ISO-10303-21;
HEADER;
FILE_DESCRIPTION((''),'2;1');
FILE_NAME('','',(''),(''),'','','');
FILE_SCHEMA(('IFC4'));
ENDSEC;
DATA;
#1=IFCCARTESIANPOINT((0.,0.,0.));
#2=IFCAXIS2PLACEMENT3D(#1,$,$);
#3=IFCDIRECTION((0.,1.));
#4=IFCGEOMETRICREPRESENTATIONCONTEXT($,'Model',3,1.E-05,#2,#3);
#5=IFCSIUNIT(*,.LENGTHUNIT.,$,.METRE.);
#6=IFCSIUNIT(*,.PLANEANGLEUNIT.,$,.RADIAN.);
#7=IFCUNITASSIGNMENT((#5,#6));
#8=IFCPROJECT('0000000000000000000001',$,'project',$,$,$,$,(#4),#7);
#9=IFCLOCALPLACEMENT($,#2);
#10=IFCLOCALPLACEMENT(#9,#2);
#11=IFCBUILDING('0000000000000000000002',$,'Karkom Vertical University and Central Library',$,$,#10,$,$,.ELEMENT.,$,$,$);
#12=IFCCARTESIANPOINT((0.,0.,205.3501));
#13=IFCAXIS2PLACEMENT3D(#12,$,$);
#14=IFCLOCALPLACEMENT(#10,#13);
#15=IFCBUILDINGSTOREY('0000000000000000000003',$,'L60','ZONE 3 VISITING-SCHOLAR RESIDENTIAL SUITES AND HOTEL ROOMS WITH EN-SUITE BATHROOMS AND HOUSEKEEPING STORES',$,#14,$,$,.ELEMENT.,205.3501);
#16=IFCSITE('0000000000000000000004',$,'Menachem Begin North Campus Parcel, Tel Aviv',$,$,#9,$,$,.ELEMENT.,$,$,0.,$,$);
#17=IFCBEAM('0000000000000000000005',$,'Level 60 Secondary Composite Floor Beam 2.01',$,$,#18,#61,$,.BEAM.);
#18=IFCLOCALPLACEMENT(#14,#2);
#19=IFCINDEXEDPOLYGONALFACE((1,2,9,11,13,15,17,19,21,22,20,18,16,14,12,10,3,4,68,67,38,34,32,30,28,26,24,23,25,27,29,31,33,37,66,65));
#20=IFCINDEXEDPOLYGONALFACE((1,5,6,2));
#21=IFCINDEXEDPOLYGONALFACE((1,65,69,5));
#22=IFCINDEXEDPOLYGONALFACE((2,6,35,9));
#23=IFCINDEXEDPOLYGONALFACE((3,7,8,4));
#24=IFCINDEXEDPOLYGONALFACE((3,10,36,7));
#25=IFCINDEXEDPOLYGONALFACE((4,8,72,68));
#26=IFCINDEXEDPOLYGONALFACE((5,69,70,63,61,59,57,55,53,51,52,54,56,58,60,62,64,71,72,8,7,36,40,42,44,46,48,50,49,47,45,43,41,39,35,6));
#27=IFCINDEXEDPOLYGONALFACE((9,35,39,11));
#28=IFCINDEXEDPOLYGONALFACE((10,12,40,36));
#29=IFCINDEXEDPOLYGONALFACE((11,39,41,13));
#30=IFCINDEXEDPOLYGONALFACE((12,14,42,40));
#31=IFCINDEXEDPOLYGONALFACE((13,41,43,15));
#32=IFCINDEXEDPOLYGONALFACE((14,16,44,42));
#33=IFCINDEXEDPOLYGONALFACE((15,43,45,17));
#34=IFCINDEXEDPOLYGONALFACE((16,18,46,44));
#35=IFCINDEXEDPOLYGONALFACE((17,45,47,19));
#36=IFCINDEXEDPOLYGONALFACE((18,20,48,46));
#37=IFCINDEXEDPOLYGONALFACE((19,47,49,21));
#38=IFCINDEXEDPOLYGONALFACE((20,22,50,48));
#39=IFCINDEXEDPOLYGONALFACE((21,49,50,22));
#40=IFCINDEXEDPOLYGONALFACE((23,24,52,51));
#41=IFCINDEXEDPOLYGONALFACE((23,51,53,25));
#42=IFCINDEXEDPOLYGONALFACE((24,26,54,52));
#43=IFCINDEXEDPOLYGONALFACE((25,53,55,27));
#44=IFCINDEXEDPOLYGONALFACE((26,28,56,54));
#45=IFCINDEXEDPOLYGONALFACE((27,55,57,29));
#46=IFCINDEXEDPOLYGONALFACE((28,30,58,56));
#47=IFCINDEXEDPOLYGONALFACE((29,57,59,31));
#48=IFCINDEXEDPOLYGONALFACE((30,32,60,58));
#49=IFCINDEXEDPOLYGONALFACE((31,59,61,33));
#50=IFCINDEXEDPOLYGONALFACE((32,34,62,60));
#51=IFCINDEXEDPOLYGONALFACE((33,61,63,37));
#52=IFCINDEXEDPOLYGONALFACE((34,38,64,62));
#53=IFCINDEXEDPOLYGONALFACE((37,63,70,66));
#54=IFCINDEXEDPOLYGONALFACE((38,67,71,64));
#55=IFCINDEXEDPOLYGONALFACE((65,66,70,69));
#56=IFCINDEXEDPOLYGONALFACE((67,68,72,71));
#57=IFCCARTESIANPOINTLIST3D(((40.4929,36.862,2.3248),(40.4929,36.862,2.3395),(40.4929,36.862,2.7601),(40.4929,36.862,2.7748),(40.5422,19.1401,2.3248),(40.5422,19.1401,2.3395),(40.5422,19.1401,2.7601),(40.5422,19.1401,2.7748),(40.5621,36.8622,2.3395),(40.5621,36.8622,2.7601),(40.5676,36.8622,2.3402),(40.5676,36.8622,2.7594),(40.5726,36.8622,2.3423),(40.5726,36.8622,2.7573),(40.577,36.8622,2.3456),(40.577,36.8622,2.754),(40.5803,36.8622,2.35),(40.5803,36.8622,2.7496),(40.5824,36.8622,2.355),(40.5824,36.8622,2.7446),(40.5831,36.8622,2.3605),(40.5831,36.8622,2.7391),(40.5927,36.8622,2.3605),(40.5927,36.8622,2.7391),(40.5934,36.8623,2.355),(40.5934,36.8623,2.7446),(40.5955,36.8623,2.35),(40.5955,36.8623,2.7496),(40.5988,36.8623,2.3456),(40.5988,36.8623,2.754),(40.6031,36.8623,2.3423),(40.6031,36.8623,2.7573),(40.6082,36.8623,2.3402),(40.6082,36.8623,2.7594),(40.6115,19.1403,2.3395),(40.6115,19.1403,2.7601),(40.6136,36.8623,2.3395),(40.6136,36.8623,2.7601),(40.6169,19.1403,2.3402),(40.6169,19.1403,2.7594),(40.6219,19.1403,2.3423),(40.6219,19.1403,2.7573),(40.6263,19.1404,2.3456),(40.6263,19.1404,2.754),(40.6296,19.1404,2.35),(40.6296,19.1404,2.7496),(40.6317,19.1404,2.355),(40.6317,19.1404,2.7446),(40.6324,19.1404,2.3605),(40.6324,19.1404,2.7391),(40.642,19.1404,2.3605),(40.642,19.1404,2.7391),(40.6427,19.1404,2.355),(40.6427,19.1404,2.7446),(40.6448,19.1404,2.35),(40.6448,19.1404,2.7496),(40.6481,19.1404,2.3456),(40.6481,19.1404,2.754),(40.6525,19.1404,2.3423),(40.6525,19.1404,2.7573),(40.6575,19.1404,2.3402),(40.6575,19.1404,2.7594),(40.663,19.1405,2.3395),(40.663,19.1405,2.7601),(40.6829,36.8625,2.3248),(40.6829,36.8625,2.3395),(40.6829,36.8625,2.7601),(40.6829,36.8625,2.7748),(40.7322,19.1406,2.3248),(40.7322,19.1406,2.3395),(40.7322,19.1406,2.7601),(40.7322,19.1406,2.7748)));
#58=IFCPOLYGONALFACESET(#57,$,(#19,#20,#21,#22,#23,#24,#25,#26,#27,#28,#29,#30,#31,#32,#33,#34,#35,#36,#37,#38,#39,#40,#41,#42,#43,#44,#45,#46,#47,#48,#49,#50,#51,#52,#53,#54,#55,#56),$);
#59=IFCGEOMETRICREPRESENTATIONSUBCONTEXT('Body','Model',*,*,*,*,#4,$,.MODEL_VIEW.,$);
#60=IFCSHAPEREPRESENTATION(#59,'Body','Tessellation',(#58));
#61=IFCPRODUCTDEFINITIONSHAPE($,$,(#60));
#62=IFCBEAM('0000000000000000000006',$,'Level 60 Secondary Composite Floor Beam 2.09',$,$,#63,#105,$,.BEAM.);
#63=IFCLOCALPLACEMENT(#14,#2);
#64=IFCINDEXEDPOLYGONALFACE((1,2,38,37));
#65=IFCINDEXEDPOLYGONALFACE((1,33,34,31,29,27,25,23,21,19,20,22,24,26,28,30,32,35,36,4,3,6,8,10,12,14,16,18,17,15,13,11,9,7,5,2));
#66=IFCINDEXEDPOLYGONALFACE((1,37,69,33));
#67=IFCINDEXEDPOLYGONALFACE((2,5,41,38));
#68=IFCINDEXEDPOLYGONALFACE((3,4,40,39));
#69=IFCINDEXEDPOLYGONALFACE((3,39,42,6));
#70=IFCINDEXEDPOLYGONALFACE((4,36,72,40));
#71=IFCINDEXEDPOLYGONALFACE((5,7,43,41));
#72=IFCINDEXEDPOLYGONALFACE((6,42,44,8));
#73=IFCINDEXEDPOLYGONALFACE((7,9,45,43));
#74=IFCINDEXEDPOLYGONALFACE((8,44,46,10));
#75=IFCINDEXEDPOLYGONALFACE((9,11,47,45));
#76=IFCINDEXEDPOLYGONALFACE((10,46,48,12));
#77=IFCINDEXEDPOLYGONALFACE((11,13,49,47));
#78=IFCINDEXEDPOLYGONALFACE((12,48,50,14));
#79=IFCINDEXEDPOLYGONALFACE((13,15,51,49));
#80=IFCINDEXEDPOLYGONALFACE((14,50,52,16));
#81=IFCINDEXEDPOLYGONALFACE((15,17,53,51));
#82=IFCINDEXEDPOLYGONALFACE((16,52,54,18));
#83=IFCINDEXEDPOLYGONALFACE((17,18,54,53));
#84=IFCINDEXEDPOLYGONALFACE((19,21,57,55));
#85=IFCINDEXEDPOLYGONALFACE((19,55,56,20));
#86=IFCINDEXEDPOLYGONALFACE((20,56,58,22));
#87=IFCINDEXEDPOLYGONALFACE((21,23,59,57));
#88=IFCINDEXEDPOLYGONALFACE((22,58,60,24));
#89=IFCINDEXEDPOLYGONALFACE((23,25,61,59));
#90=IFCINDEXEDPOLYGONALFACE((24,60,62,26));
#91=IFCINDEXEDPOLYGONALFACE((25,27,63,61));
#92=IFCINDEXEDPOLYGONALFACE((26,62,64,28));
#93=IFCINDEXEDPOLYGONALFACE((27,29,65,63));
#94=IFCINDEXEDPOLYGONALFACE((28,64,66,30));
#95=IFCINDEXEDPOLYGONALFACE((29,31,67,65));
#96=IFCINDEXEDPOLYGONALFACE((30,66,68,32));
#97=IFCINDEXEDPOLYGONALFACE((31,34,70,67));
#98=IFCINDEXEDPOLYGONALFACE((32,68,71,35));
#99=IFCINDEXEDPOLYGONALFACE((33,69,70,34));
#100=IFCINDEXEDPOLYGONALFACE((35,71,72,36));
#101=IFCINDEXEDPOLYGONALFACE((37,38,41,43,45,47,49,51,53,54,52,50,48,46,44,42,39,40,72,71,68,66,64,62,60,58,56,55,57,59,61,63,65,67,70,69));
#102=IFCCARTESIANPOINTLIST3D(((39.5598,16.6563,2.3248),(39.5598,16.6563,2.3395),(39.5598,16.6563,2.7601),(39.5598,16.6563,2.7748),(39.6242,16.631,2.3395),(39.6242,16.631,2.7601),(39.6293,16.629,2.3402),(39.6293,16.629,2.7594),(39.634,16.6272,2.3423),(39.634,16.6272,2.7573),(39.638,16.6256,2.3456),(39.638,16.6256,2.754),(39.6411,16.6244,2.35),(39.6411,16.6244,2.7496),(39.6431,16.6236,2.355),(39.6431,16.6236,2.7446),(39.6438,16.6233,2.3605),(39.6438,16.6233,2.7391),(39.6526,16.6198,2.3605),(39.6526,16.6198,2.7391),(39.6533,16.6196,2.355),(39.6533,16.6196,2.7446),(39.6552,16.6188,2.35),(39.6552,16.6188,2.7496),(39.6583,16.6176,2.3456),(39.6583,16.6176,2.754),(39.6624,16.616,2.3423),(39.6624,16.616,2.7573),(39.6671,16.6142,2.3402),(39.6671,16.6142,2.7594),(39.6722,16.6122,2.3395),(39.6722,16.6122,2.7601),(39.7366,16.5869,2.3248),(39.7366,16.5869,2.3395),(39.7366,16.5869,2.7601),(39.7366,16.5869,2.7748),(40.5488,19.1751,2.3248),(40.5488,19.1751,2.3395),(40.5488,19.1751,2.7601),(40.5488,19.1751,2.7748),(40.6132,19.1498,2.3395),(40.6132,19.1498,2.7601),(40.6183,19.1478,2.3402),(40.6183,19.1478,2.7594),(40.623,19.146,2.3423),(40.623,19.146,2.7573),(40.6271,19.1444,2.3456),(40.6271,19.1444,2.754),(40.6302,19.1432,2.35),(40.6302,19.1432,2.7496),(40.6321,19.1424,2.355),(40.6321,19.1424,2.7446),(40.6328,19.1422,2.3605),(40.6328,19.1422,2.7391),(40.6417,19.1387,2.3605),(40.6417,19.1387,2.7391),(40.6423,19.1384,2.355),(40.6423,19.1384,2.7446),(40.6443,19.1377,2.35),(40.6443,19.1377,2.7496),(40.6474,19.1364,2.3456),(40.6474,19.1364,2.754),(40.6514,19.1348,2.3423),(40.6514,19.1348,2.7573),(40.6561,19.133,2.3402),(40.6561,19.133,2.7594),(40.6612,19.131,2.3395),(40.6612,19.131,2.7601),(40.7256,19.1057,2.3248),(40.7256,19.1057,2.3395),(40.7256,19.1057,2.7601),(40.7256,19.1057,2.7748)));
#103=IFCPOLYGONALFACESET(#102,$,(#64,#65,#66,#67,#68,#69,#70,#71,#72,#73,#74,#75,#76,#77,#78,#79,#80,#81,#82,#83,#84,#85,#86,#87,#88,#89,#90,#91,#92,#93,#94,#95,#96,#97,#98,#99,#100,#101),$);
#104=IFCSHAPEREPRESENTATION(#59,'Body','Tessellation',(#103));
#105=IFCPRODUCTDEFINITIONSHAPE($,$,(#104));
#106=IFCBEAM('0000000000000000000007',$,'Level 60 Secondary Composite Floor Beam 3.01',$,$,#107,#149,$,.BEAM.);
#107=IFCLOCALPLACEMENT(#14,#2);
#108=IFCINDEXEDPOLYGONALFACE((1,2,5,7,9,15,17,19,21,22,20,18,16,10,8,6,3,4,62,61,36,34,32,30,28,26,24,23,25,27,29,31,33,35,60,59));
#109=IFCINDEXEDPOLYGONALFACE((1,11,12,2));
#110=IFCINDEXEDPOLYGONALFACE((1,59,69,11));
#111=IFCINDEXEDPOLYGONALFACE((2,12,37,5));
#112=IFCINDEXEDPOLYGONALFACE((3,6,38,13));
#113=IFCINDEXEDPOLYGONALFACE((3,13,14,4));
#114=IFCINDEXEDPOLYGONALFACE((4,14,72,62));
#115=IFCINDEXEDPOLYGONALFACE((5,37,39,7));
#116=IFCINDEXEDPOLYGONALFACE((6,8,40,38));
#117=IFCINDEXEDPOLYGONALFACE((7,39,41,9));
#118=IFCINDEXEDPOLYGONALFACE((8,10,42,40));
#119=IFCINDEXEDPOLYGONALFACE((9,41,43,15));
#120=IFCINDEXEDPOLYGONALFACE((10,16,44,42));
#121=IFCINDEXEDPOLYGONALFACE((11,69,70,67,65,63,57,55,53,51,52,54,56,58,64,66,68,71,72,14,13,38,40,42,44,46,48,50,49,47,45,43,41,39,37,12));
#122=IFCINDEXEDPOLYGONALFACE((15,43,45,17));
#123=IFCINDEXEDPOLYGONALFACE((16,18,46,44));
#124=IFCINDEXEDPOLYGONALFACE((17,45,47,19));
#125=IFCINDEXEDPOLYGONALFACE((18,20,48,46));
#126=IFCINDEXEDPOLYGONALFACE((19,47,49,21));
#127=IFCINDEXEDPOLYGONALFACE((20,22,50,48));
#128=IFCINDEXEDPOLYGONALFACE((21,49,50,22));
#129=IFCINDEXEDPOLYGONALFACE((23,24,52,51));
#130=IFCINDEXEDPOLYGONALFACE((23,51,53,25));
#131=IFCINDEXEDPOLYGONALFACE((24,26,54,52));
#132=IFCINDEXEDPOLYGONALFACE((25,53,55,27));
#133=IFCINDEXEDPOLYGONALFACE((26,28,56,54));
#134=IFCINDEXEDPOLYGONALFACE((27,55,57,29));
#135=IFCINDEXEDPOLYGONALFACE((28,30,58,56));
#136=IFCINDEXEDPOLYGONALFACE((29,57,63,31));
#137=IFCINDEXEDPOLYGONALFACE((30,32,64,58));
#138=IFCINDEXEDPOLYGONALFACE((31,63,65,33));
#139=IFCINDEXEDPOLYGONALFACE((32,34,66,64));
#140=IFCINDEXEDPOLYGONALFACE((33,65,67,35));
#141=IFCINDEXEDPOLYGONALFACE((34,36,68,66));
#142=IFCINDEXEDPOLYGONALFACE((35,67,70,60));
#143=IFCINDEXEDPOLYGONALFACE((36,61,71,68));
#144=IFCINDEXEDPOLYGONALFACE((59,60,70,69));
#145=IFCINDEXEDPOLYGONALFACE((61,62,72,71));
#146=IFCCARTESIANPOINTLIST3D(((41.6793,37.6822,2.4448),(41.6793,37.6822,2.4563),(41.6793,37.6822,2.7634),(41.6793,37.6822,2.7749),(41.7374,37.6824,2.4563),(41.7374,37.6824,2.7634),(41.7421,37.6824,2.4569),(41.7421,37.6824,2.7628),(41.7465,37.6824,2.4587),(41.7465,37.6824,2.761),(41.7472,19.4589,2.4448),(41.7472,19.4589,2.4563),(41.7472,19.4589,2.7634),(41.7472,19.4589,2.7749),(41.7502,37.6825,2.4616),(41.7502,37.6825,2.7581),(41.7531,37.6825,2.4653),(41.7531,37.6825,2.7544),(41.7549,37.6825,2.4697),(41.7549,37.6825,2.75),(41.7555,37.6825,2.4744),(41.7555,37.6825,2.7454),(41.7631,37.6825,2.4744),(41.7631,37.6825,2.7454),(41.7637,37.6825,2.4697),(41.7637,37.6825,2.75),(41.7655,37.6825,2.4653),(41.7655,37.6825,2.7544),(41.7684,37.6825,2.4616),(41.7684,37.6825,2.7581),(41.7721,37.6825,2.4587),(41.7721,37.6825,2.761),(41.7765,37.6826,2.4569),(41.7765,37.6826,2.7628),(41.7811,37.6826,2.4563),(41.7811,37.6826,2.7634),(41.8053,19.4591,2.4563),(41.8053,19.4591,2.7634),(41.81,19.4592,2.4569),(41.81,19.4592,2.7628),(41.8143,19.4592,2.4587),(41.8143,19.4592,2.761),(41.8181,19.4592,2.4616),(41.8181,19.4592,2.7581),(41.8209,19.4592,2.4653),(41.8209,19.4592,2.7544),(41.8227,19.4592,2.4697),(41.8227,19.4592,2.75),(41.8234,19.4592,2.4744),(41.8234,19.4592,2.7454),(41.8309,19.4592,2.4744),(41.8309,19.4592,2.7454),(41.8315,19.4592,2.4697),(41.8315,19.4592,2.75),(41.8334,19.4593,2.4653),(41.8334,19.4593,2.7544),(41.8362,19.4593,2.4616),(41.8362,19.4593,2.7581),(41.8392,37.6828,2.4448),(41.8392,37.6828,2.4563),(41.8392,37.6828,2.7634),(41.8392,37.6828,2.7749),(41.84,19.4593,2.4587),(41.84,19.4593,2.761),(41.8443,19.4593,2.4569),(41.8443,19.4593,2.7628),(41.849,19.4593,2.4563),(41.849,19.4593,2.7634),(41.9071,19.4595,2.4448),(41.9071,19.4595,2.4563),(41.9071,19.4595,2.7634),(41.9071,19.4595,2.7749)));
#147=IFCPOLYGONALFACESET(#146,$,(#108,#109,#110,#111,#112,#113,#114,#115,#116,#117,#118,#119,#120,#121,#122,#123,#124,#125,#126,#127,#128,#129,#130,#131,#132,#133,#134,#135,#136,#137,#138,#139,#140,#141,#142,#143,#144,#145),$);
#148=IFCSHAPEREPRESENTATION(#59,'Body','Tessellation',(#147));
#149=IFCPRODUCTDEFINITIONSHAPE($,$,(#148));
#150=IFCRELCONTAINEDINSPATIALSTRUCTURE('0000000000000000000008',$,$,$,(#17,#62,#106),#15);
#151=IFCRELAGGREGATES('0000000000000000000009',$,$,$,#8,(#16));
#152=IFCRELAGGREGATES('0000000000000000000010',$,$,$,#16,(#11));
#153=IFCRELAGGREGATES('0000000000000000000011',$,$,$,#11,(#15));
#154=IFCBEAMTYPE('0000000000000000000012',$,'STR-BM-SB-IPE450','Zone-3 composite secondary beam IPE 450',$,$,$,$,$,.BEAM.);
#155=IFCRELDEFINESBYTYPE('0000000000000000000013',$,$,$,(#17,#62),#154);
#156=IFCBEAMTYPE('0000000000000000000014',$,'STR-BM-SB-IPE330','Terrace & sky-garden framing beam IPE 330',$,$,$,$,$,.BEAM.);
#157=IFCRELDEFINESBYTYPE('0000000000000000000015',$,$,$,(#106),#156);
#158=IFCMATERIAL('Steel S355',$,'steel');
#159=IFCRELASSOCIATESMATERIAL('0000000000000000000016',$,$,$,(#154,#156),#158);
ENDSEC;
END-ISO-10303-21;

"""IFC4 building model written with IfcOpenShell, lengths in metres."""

from ifc_helpers import new_model, si_unit, direction, frame, origin, origin_with_axes, origin_2d, place, context, subcontext, project, spatial, i_section, extrude, source, transform, mapped, material, material_profile, profile_set, type_object, element, save


model = new_model("IFC4")

# Units and contexts
model_context = context("Model", 3, precision=1e-05, world=origin(), true_north=direction((0.0, 1.0)))
body_context = subcontext(model_context, "Body", "Model", "MODEL_VIEW")
ifc_project = project(units=[si_unit("LENGTHUNIT", "METRE"), si_unit("PLANEANGLEUNIT", "RADIAN")], contexts=[model_context])

# Site, building, storey
site_placement = place(None, origin())
site = spatial("IfcSite", under=ifc_project, at=site_placement, Name="Menachem Begin North Campus Parcel, Tel Aviv", CompositionType="ELEMENT", RefElevation=0.0)
building_placement = place(site_placement, origin())
building = spatial("IfcBuilding", under=site, at=building_placement, Name="Karkom Vertical University and Central Library", CompositionType="ELEMENT")
storey_placement = place(building_placement, frame((0.0, 0.0, 205.3501)))
storey = spatial("IfcBuildingStorey", under=building, at=storey_placement, Name="L60", Description="ZONE 3 VISITING-SCHOLAR RESIDENTIAL SUITES AND HOTEL ROOMS WITH EN-SUITE BATHROOMS AND HOUSEKEEPING STORES", CompositionType="ELEMENT", Elevation=205.3501)

# Beams
ifc_material_1 = material(Name="Steel S355", Category="steel")
ifc_material_profile_1 = material_profile(ifc_material_1, i_section(OverallWidth=0.1899, OverallDepth=0.45, WebThickness=0.0095, FlangeThickness=0.0146, FilletRadius=0.021, at=origin_2d()), Name="IPE 450")
ifc_profile_set_1 = profile_set([ifc_material_profile_1], Name="Steel S355")
beam_type_1 = type_object("IfcBeamType", Name="STR-BM-SB-IPE450", Description="Zone-3 composite secondary beam IPE 450", PredefinedType="BEAM", material=ifc_profile_set_1)
shared_shape_1 = source(origin_with_axes(), body_context, "Body", "SweptSolid", [
    extrude(i_section(OverallWidth=0.1899, OverallDepth=0.45, WebThickness=0.0095, FlangeThickness=0.0146, FilletRadius=0.021, at=origin_2d()), origin(), (0.0, 0.0, 1.0), 17.7219),
])
beam_1_placement = place(storey_placement, frame((40.6372, 19.1404, 2.5498), z_axis=(-0.002783, 0.999996, 0.0), x_axis=(-0.999996, -0.002783, 0.0)))
element("IfcBeam", 1, at=beam_1_placement, inside=storey, type_object=beam_type_1, Name="Level 60 Secondary Composite Floor Beam 2.01", PredefinedType="BEAM", context=body_context, shape_type="MappedRepresentation", body=[
    mapped(shared_shape_1, transform((0.0, 0.0, 0.0), scale=1.0)),
])
shared_shape_2 = source(origin_with_axes(), body_context, "Body", "SweptSolid", [
    extrude(i_section(OverallWidth=0.1899, OverallDepth=0.45, WebThickness=0.0095, FlangeThickness=0.0146, FilletRadius=0.021, at=origin_2d()), origin(), (0.0, 0.0, 1.0), 2.7061),
])
beam_2_placement = place(storey_placement, frame((39.6482, 16.6216, 2.5498), z_axis=(0.365488, 0.930816, 0.0), x_axis=(-0.930816, 0.365488, 0.0)))
element("IfcBeam", 2, at=beam_2_placement, inside=storey, type_object=beam_type_1, Name="Level 60 Secondary Composite Floor Beam 2.09", PredefinedType="BEAM", context=body_context, shape_type="MappedRepresentation", body=[
    mapped(shared_shape_2, transform((0.0, 0.0, 0.0), scale=1.0)),
])
ifc_material_profile_2 = material_profile(ifc_material_1, i_section(OverallWidth=0.1599, OverallDepth=0.3301, WebThickness=0.0076, FlangeThickness=0.0115, FilletRadius=0.0181, at=origin_2d()), Name="IPE 330")
ifc_profile_set_2 = profile_set([ifc_material_profile_2], Name="Steel S355")
beam_type_2 = type_object("IfcBeamType", Name="STR-BM-SB-IPE330", Description="Terrace & sky-garden framing beam IPE 330", PredefinedType="BEAM", material=ifc_profile_set_2)
shared_shape_3 = source(origin_with_axes(), body_context, "Body", "SweptSolid", [
    extrude(i_section(OverallWidth=0.1599, OverallDepth=0.3301, WebThickness=0.0076, FlangeThickness=0.0115, FilletRadius=0.0181, at=origin_2d()), origin(), (0.0, 0.0, 1.0), 18.2234),
])
beam_3_placement = place(storey_placement, frame((41.8271, 19.4592, 2.6099), z_axis=(-0.003724, 0.999993, 0.0), x_axis=(-0.999993, -0.003724, 0.0)))
element("IfcBeam", 3, at=beam_3_placement, inside=storey, type_object=beam_type_2, Name="Level 60 Secondary Composite Floor Beam 3.01", PredefinedType="BEAM", context=body_context, shape_type="MappedRepresentation", body=[
    mapped(shared_shape_3, transform((0.0, 0.0, 0.0), scale=1.0)),
])

save(model, "model.ifc")
